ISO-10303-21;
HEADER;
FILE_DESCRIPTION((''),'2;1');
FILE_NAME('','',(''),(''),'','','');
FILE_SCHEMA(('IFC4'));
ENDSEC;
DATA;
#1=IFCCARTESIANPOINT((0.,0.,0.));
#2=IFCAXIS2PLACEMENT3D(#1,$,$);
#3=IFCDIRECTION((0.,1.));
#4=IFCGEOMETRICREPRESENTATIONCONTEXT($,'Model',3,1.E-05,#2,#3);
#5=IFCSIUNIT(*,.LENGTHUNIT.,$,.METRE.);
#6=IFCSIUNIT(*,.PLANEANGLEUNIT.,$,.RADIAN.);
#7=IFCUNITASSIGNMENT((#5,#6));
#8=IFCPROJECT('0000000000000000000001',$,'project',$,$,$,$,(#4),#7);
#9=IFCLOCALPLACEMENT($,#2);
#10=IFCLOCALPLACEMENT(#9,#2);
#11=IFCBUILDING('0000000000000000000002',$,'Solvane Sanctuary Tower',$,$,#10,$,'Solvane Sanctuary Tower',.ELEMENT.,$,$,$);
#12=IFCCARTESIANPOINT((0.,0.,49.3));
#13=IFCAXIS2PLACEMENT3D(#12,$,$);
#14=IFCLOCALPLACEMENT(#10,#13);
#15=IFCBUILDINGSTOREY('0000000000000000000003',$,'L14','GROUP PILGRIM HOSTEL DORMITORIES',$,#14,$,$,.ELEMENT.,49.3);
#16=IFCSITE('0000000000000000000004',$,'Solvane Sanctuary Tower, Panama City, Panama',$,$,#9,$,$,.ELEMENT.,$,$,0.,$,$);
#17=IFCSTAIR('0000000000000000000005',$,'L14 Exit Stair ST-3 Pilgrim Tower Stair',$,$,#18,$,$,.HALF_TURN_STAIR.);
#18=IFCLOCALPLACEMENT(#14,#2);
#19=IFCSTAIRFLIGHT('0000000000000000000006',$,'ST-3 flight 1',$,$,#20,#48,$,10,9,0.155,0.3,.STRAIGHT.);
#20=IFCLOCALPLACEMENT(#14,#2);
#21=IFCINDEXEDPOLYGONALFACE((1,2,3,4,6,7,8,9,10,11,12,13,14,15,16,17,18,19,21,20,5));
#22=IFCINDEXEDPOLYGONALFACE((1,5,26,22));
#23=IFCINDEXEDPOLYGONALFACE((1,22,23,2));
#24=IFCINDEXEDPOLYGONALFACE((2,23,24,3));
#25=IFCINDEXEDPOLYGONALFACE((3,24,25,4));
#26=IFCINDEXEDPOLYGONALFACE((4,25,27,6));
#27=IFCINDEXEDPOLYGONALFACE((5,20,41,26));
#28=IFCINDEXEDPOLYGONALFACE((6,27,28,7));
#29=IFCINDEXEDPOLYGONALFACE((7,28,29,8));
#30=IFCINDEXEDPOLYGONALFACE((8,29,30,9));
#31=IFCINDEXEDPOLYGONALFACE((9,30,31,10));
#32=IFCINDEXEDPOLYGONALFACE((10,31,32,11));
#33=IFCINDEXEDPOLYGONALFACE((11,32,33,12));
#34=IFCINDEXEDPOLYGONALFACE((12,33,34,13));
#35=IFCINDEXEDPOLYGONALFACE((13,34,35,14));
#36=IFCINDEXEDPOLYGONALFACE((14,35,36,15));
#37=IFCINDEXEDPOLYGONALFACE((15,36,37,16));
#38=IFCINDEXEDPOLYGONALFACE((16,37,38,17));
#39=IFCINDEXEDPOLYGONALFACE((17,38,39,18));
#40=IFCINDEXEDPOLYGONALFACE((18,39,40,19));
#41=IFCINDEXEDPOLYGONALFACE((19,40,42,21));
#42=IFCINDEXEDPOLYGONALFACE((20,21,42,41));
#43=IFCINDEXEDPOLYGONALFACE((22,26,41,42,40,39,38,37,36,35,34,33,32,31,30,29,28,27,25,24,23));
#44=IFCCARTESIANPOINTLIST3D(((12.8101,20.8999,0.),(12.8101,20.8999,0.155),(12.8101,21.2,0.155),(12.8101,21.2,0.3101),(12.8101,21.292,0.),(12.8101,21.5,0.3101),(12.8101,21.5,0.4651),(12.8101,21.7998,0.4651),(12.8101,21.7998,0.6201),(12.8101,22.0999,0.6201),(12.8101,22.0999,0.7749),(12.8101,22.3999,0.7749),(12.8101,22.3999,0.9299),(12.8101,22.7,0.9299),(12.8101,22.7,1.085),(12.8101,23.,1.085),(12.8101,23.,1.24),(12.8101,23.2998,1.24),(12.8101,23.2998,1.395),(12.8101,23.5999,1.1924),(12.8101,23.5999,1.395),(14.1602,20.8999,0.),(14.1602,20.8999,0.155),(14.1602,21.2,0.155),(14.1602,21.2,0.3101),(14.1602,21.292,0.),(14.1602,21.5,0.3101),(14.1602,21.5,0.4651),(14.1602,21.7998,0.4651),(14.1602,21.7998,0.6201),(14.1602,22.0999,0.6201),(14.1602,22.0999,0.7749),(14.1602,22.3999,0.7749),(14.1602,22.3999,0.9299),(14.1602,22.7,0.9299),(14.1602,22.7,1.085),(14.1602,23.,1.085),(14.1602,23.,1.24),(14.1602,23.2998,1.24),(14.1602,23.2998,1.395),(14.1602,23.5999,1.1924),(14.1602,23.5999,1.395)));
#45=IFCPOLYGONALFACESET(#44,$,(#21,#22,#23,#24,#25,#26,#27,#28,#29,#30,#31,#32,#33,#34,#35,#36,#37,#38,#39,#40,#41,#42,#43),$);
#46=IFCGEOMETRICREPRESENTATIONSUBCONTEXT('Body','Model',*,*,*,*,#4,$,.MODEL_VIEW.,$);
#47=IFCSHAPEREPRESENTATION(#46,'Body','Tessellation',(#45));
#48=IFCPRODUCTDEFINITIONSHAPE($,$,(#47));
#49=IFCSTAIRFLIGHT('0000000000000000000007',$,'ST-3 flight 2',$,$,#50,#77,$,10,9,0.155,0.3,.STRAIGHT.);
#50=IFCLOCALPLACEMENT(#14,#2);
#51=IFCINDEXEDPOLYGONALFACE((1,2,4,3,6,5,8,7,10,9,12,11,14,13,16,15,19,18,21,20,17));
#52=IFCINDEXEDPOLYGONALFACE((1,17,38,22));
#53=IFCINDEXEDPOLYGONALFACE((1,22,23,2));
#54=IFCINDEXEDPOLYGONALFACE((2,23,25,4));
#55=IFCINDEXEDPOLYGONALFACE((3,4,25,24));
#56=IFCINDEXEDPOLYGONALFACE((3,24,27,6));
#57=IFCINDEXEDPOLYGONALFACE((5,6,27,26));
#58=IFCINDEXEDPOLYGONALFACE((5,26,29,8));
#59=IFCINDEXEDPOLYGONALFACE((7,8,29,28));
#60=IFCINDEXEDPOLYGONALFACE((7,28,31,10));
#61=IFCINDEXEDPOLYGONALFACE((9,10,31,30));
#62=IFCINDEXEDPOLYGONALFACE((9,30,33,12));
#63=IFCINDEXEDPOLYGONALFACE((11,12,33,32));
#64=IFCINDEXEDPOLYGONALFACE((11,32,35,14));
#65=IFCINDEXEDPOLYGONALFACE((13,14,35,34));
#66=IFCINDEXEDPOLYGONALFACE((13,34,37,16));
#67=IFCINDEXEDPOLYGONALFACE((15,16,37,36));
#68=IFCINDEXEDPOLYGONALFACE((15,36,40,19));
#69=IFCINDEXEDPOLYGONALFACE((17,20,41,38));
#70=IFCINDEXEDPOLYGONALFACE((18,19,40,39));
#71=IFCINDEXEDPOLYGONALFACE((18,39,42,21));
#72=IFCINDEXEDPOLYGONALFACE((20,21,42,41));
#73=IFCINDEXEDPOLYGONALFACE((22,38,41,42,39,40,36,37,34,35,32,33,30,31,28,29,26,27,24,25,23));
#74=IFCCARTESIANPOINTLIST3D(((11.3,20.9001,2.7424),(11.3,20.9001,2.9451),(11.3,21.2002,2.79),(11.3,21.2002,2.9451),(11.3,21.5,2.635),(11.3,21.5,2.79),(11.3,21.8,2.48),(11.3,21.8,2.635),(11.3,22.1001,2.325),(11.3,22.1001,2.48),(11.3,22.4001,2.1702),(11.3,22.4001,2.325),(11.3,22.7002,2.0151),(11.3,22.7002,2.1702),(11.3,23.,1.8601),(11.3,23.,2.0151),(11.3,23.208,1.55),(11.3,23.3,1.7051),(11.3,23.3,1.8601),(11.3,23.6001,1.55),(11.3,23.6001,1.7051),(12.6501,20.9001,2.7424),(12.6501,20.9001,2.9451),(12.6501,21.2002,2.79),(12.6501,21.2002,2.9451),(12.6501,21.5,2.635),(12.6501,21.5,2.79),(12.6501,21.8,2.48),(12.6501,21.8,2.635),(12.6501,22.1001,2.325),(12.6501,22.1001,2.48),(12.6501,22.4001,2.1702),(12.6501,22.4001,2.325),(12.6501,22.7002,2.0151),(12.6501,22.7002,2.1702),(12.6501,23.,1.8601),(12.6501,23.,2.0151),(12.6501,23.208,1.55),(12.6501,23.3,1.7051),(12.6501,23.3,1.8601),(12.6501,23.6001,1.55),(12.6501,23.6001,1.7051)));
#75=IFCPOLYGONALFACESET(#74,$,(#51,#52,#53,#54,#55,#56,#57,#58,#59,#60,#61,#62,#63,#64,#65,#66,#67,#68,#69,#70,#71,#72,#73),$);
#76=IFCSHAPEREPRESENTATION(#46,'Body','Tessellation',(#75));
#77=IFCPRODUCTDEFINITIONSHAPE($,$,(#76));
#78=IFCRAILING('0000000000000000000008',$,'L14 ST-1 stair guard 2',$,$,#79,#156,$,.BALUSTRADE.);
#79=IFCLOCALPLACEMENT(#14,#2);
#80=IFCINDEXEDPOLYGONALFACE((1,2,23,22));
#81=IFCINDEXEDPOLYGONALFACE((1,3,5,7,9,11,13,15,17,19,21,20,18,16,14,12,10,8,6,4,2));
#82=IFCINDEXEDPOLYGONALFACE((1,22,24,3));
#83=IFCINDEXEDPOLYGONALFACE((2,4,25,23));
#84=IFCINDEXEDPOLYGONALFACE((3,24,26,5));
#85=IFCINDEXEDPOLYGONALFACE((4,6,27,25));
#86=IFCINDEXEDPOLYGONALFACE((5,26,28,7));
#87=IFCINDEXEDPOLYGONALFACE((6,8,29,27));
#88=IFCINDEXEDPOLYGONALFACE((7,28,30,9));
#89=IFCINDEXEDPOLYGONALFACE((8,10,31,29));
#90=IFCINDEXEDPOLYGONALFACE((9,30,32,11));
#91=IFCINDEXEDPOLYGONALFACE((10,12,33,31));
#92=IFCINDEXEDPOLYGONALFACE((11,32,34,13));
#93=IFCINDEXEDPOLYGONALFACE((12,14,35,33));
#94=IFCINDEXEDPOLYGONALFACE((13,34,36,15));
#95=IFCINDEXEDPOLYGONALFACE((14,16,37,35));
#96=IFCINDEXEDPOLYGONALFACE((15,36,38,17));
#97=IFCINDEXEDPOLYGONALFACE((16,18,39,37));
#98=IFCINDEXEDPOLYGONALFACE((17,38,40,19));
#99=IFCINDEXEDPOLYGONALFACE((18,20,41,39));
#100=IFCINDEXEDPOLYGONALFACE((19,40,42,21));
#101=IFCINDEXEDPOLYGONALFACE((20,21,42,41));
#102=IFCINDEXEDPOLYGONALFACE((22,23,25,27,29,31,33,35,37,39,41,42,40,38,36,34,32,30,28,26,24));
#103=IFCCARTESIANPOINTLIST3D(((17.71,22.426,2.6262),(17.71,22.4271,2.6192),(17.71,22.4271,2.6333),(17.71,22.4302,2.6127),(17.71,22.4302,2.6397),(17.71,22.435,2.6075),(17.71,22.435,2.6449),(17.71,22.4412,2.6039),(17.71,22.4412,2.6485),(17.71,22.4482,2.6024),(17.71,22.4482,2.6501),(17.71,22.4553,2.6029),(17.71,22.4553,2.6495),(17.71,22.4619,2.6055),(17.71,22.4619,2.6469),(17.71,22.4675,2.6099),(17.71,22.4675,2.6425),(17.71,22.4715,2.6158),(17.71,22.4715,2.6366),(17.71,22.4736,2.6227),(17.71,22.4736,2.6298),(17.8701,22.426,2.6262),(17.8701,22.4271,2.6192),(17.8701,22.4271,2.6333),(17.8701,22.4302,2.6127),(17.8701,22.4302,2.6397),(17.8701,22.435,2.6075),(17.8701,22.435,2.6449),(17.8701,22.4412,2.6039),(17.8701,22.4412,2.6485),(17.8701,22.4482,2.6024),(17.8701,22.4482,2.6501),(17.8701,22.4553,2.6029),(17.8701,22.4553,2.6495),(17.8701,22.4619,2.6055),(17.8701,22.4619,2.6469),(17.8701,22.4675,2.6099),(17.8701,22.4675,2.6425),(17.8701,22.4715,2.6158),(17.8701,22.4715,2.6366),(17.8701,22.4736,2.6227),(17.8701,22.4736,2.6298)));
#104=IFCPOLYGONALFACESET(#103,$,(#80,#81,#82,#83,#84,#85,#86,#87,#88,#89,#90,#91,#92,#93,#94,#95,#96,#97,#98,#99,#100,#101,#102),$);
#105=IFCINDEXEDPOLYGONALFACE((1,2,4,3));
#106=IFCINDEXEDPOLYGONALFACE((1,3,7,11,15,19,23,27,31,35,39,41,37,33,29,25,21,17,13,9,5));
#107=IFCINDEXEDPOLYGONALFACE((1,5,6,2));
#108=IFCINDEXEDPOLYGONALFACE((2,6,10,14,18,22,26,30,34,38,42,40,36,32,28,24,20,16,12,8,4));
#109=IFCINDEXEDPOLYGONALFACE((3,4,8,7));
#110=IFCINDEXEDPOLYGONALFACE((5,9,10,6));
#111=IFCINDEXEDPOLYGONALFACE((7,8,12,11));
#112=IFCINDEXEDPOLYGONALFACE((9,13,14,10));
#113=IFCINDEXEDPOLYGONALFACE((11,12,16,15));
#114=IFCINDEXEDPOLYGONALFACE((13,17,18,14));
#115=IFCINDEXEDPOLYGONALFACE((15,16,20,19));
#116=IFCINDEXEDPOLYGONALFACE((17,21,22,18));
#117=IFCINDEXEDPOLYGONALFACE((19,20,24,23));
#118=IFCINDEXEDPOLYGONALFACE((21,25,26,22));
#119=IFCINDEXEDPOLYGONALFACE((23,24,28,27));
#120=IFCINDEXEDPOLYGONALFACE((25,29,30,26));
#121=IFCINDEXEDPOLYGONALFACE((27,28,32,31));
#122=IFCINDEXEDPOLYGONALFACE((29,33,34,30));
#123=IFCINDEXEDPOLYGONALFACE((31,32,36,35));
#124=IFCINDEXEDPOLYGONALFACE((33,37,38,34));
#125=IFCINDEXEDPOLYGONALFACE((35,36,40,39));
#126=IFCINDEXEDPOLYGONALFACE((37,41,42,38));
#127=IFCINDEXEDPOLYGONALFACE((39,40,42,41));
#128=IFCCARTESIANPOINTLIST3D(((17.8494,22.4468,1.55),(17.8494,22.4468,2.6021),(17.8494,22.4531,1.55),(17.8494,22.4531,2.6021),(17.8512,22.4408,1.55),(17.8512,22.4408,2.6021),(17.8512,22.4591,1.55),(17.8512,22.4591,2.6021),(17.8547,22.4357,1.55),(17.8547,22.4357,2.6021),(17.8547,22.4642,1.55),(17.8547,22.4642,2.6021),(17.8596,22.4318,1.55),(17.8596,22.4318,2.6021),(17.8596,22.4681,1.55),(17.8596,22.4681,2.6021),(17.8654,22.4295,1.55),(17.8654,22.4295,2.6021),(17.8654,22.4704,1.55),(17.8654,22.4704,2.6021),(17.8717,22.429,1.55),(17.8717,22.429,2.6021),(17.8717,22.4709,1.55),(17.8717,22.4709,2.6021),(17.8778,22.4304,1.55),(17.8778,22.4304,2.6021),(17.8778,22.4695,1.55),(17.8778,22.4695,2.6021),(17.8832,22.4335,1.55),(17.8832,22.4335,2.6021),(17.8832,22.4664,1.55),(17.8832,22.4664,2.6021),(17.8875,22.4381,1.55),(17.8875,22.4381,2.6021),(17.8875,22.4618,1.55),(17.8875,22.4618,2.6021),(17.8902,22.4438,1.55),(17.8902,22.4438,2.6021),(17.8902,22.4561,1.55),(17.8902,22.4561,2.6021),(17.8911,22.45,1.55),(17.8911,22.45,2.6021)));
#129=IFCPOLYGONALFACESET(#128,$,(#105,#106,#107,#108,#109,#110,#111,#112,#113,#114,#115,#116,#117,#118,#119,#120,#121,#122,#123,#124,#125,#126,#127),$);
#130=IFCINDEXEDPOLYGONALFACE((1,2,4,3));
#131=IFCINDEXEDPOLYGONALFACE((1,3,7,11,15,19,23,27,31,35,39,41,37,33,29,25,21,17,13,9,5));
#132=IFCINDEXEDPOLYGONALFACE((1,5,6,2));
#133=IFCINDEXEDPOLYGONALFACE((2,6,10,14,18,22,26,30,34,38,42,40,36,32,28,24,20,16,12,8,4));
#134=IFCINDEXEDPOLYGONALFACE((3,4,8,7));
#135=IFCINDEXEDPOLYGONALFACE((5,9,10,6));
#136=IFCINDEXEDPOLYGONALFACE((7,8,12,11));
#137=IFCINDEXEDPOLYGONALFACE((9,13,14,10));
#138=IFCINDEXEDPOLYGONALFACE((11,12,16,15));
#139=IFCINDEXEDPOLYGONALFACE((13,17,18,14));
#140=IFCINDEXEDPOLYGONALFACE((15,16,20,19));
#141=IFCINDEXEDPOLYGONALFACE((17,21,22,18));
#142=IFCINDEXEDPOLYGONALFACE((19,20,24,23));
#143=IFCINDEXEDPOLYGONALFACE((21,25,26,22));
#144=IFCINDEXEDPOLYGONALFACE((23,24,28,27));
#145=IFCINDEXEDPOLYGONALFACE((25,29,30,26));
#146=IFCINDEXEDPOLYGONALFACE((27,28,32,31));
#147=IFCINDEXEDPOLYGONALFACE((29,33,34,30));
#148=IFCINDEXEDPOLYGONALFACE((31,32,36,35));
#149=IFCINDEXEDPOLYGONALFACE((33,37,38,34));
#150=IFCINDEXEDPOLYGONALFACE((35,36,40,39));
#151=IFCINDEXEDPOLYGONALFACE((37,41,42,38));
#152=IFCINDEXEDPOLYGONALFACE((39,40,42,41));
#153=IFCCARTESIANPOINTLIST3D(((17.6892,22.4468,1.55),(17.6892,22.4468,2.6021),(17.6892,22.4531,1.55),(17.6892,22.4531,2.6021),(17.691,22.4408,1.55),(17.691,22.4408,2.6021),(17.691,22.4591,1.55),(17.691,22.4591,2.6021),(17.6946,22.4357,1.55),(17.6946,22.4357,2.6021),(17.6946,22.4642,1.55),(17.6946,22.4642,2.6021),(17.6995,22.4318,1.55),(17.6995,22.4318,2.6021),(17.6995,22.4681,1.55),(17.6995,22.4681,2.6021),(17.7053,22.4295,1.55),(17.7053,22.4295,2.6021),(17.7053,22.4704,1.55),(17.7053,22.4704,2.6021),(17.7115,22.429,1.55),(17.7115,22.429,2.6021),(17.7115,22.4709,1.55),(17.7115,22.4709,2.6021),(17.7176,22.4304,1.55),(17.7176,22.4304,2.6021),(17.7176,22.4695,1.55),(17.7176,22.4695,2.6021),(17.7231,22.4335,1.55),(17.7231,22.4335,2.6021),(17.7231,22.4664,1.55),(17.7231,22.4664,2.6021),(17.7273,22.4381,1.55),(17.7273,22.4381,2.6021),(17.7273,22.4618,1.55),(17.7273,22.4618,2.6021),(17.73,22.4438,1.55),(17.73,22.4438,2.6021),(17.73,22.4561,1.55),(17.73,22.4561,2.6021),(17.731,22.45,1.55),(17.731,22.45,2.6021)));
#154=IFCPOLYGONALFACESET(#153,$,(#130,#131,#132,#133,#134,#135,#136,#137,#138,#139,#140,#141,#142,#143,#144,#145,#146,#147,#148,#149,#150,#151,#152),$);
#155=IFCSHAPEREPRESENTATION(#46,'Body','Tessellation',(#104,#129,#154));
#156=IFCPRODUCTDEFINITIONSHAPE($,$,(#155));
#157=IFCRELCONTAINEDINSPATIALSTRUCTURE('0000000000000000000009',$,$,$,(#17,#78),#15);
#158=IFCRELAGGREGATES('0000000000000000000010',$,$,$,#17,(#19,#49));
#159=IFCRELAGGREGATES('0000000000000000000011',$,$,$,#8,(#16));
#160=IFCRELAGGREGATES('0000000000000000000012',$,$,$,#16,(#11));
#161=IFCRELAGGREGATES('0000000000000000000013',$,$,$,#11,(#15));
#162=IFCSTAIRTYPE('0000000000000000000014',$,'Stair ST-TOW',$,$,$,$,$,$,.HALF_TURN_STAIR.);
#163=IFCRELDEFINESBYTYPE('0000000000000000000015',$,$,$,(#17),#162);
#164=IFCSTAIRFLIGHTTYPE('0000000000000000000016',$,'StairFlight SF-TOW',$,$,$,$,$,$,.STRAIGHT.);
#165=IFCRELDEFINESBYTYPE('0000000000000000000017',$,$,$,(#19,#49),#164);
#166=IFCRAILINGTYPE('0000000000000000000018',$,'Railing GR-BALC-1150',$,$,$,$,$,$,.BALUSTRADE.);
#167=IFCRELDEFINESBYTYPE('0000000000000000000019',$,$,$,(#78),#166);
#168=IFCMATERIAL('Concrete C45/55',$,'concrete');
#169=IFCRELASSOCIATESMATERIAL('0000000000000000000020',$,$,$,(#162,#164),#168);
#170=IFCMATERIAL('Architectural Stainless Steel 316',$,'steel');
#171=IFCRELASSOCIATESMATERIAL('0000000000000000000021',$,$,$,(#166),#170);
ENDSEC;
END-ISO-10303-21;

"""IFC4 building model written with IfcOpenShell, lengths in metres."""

from ifc_helpers import new_model, si_unit, direction, frame, origin, origin_2d, place, context, subcontext, project, spatial, polyline, circle, outline, extrude, material, type_object, element, aggregate, save


model = new_model("IFC4")

# Units and contexts
model_context = context("Model", 3, precision=1e-05, world=origin(), true_north=direction((0.0, 1.0)))
body_context = subcontext(model_context, "Body", "Model", "MODEL_VIEW")
ifc_project = project(units=[si_unit("LENGTHUNIT", "METRE"), si_unit("PLANEANGLEUNIT", "RADIAN")], contexts=[model_context])

# Site, building, storey
site_placement = place(None, origin())
site = spatial("IfcSite", under=ifc_project, at=site_placement, Name="Solvane Sanctuary Tower, Panama City, Panama", CompositionType="ELEMENT", RefElevation=0.0)
building_placement = place(site_placement, origin())
building = spatial("IfcBuilding", under=site, at=building_placement, Name="Solvane Sanctuary Tower", LongName="Solvane Sanctuary Tower", CompositionType="ELEMENT")
storey_placement = place(building_placement, frame((0.0, 0.0, 49.3)))
storey = spatial("IfcBuildingStorey", under=building, at=storey_placement, Name="L14", Description="GROUP PILGRIM HOSTEL DORMITORIES", CompositionType="ELEMENT", Elevation=49.3)

# Shared definitions
ifc_material_1 = material(Name="Concrete C45/55", Category="concrete")
stair_type = type_object("IfcStairType", Name="Stair ST-TOW", PredefinedType="HALF_TURN_STAIR", material=ifc_material_1)
stair_flight_type = type_object("IfcStairFlightType", Name="StairFlight SF-TOW", PredefinedType="STRAIGHT", material=ifc_material_1)

# Stair, stair flights
stair_1_placement = place(storey_placement, origin())
stair_1 = element("IfcStair", 1, at=stair_1_placement, inside=storey, type_object=stair_type, Name="L14 Exit Stair ST-3 Pilgrim Tower Stair", PredefinedType="HALF_TURN_STAIR")
stair_flight_1_placement = place(storey_placement, frame((13.4851, 20.8999, 0.0), z_axis=(0.0, 0.0, 1.0), x_axis=(0.0, 1.0, 0.0)))
stair_flight_1 = element("IfcStairFlight", 2, at=stair_flight_1_placement, type_object=stair_flight_type, Name="ST-3 flight 1", NumberOfRisers=10, NumberOfTreads=9, PredefinedType="STRAIGHT", RiserHeight=0.155, TreadLength=0.3, context=body_context, shape_type="SweptSolid", body=[
    extrude(outline(polyline([(0.0, 0.0), (0.0, 0.155), (0.3, 0.155), (0.3, 0.3101), (0.6001, 0.3101), (0.6001, 0.4651), (0.8999, 0.4651), (0.8999, 0.6201), (1.2, 0.6201), (1.2, 0.7749), (1.5, 0.7749), (1.5, 0.9299), (1.8, 0.9299), (1.8, 1.085), (2.1001, 1.085), (2.1001, 1.24), (2.3999, 1.24), (2.3999, 1.395), (2.7, 1.395), (2.7, 1.55), (2.7, 1.1924), (0.3921, 0.0), (0.0, 0.0)])), frame((0.0, 0.675, 0.0), z_axis=(0.0, -1.0, 0.0), x_axis=(1.0, 0.0, 0.0)), (0.0, 0.0, 1.0), 1.3501),
])
stair_flight_2_placement = place(storey_placement, frame((11.9751, 23.6001, 1.55), z_axis=(0.0, 0.0, 1.0), x_axis=(0.0, -1.0, 0.0)))
stair_flight_2 = element("IfcStairFlight", 3, at=stair_flight_2_placement, type_object=stair_flight_type, Name="ST-3 flight 2", NumberOfRisers=10, NumberOfTreads=9, PredefinedType="STRAIGHT", RiserHeight=0.155, TreadLength=0.3, context=body_context, shape_type="SweptSolid", body=[
    extrude(outline(polyline([(0.0, 0.0), (0.0, 0.155), (0.3, 0.155), (0.3, 0.3101), (0.6001, 0.3101), (0.6001, 0.4651), (0.8999, 0.4651), (0.8999, 0.6201), (1.2, 0.6201), (1.2, 0.7749), (1.5, 0.7749), (1.5, 0.9299), (1.8, 0.9299), (1.8, 1.085), (2.1001, 1.085), (2.1001, 1.24), (2.3999, 1.24), (2.3999, 1.395), (2.7, 1.395), (2.7, 1.55), (2.7, 1.1924), (0.3921, 0.0), (0.0, 0.0)])), frame((0.0, 0.675, 0.0), z_axis=(0.0, -1.0, 0.0), x_axis=(1.0, 0.0, 0.0)), (0.0, 0.0, 1.0), 1.3501),
])
aggregate(stair_1, [stair_flight_1, stair_flight_2])

# Railing
ifc_material_2 = material(Name="Architectural Stainless Steel 316", Category="steel")
railing_type_1 = type_object("IfcRailingType", Name="Railing GR-BALC-1150", PredefinedType="BALUSTRADE", material=ifc_material_2)
railing_1_placement = place(storey_placement, frame((17.8701, 22.45, 1.55)))
element("IfcRailing", 4, at=railing_1_placement, inside=storey, type_object=railing_type_1, Name="L14 ST-1 stair guard 2", PredefinedType="BALUSTRADE", context=body_context, shape_type="SweptSolid", body=[
    extrude(circle(Radius=0.0239, at=origin_2d()), frame((0.0, 0.0, 1.0762), z_axis=(-1.0, 0.0, 0.0), x_axis=(0.0, -1.0, 0.0)), (0.0, 0.0, 1.0), 0.1602),
    extrude(circle(Radius=0.021, at=origin_2d()), origin(), (0.0, 0.0, 1.0), 1.052),
    extrude(circle(Radius=0.021, at=origin_2d()), frame((-0.1602, 0.0, 0.0)), (0.0, 0.0, 1.0), 1.052),
])

save(model, "model.ifc")
